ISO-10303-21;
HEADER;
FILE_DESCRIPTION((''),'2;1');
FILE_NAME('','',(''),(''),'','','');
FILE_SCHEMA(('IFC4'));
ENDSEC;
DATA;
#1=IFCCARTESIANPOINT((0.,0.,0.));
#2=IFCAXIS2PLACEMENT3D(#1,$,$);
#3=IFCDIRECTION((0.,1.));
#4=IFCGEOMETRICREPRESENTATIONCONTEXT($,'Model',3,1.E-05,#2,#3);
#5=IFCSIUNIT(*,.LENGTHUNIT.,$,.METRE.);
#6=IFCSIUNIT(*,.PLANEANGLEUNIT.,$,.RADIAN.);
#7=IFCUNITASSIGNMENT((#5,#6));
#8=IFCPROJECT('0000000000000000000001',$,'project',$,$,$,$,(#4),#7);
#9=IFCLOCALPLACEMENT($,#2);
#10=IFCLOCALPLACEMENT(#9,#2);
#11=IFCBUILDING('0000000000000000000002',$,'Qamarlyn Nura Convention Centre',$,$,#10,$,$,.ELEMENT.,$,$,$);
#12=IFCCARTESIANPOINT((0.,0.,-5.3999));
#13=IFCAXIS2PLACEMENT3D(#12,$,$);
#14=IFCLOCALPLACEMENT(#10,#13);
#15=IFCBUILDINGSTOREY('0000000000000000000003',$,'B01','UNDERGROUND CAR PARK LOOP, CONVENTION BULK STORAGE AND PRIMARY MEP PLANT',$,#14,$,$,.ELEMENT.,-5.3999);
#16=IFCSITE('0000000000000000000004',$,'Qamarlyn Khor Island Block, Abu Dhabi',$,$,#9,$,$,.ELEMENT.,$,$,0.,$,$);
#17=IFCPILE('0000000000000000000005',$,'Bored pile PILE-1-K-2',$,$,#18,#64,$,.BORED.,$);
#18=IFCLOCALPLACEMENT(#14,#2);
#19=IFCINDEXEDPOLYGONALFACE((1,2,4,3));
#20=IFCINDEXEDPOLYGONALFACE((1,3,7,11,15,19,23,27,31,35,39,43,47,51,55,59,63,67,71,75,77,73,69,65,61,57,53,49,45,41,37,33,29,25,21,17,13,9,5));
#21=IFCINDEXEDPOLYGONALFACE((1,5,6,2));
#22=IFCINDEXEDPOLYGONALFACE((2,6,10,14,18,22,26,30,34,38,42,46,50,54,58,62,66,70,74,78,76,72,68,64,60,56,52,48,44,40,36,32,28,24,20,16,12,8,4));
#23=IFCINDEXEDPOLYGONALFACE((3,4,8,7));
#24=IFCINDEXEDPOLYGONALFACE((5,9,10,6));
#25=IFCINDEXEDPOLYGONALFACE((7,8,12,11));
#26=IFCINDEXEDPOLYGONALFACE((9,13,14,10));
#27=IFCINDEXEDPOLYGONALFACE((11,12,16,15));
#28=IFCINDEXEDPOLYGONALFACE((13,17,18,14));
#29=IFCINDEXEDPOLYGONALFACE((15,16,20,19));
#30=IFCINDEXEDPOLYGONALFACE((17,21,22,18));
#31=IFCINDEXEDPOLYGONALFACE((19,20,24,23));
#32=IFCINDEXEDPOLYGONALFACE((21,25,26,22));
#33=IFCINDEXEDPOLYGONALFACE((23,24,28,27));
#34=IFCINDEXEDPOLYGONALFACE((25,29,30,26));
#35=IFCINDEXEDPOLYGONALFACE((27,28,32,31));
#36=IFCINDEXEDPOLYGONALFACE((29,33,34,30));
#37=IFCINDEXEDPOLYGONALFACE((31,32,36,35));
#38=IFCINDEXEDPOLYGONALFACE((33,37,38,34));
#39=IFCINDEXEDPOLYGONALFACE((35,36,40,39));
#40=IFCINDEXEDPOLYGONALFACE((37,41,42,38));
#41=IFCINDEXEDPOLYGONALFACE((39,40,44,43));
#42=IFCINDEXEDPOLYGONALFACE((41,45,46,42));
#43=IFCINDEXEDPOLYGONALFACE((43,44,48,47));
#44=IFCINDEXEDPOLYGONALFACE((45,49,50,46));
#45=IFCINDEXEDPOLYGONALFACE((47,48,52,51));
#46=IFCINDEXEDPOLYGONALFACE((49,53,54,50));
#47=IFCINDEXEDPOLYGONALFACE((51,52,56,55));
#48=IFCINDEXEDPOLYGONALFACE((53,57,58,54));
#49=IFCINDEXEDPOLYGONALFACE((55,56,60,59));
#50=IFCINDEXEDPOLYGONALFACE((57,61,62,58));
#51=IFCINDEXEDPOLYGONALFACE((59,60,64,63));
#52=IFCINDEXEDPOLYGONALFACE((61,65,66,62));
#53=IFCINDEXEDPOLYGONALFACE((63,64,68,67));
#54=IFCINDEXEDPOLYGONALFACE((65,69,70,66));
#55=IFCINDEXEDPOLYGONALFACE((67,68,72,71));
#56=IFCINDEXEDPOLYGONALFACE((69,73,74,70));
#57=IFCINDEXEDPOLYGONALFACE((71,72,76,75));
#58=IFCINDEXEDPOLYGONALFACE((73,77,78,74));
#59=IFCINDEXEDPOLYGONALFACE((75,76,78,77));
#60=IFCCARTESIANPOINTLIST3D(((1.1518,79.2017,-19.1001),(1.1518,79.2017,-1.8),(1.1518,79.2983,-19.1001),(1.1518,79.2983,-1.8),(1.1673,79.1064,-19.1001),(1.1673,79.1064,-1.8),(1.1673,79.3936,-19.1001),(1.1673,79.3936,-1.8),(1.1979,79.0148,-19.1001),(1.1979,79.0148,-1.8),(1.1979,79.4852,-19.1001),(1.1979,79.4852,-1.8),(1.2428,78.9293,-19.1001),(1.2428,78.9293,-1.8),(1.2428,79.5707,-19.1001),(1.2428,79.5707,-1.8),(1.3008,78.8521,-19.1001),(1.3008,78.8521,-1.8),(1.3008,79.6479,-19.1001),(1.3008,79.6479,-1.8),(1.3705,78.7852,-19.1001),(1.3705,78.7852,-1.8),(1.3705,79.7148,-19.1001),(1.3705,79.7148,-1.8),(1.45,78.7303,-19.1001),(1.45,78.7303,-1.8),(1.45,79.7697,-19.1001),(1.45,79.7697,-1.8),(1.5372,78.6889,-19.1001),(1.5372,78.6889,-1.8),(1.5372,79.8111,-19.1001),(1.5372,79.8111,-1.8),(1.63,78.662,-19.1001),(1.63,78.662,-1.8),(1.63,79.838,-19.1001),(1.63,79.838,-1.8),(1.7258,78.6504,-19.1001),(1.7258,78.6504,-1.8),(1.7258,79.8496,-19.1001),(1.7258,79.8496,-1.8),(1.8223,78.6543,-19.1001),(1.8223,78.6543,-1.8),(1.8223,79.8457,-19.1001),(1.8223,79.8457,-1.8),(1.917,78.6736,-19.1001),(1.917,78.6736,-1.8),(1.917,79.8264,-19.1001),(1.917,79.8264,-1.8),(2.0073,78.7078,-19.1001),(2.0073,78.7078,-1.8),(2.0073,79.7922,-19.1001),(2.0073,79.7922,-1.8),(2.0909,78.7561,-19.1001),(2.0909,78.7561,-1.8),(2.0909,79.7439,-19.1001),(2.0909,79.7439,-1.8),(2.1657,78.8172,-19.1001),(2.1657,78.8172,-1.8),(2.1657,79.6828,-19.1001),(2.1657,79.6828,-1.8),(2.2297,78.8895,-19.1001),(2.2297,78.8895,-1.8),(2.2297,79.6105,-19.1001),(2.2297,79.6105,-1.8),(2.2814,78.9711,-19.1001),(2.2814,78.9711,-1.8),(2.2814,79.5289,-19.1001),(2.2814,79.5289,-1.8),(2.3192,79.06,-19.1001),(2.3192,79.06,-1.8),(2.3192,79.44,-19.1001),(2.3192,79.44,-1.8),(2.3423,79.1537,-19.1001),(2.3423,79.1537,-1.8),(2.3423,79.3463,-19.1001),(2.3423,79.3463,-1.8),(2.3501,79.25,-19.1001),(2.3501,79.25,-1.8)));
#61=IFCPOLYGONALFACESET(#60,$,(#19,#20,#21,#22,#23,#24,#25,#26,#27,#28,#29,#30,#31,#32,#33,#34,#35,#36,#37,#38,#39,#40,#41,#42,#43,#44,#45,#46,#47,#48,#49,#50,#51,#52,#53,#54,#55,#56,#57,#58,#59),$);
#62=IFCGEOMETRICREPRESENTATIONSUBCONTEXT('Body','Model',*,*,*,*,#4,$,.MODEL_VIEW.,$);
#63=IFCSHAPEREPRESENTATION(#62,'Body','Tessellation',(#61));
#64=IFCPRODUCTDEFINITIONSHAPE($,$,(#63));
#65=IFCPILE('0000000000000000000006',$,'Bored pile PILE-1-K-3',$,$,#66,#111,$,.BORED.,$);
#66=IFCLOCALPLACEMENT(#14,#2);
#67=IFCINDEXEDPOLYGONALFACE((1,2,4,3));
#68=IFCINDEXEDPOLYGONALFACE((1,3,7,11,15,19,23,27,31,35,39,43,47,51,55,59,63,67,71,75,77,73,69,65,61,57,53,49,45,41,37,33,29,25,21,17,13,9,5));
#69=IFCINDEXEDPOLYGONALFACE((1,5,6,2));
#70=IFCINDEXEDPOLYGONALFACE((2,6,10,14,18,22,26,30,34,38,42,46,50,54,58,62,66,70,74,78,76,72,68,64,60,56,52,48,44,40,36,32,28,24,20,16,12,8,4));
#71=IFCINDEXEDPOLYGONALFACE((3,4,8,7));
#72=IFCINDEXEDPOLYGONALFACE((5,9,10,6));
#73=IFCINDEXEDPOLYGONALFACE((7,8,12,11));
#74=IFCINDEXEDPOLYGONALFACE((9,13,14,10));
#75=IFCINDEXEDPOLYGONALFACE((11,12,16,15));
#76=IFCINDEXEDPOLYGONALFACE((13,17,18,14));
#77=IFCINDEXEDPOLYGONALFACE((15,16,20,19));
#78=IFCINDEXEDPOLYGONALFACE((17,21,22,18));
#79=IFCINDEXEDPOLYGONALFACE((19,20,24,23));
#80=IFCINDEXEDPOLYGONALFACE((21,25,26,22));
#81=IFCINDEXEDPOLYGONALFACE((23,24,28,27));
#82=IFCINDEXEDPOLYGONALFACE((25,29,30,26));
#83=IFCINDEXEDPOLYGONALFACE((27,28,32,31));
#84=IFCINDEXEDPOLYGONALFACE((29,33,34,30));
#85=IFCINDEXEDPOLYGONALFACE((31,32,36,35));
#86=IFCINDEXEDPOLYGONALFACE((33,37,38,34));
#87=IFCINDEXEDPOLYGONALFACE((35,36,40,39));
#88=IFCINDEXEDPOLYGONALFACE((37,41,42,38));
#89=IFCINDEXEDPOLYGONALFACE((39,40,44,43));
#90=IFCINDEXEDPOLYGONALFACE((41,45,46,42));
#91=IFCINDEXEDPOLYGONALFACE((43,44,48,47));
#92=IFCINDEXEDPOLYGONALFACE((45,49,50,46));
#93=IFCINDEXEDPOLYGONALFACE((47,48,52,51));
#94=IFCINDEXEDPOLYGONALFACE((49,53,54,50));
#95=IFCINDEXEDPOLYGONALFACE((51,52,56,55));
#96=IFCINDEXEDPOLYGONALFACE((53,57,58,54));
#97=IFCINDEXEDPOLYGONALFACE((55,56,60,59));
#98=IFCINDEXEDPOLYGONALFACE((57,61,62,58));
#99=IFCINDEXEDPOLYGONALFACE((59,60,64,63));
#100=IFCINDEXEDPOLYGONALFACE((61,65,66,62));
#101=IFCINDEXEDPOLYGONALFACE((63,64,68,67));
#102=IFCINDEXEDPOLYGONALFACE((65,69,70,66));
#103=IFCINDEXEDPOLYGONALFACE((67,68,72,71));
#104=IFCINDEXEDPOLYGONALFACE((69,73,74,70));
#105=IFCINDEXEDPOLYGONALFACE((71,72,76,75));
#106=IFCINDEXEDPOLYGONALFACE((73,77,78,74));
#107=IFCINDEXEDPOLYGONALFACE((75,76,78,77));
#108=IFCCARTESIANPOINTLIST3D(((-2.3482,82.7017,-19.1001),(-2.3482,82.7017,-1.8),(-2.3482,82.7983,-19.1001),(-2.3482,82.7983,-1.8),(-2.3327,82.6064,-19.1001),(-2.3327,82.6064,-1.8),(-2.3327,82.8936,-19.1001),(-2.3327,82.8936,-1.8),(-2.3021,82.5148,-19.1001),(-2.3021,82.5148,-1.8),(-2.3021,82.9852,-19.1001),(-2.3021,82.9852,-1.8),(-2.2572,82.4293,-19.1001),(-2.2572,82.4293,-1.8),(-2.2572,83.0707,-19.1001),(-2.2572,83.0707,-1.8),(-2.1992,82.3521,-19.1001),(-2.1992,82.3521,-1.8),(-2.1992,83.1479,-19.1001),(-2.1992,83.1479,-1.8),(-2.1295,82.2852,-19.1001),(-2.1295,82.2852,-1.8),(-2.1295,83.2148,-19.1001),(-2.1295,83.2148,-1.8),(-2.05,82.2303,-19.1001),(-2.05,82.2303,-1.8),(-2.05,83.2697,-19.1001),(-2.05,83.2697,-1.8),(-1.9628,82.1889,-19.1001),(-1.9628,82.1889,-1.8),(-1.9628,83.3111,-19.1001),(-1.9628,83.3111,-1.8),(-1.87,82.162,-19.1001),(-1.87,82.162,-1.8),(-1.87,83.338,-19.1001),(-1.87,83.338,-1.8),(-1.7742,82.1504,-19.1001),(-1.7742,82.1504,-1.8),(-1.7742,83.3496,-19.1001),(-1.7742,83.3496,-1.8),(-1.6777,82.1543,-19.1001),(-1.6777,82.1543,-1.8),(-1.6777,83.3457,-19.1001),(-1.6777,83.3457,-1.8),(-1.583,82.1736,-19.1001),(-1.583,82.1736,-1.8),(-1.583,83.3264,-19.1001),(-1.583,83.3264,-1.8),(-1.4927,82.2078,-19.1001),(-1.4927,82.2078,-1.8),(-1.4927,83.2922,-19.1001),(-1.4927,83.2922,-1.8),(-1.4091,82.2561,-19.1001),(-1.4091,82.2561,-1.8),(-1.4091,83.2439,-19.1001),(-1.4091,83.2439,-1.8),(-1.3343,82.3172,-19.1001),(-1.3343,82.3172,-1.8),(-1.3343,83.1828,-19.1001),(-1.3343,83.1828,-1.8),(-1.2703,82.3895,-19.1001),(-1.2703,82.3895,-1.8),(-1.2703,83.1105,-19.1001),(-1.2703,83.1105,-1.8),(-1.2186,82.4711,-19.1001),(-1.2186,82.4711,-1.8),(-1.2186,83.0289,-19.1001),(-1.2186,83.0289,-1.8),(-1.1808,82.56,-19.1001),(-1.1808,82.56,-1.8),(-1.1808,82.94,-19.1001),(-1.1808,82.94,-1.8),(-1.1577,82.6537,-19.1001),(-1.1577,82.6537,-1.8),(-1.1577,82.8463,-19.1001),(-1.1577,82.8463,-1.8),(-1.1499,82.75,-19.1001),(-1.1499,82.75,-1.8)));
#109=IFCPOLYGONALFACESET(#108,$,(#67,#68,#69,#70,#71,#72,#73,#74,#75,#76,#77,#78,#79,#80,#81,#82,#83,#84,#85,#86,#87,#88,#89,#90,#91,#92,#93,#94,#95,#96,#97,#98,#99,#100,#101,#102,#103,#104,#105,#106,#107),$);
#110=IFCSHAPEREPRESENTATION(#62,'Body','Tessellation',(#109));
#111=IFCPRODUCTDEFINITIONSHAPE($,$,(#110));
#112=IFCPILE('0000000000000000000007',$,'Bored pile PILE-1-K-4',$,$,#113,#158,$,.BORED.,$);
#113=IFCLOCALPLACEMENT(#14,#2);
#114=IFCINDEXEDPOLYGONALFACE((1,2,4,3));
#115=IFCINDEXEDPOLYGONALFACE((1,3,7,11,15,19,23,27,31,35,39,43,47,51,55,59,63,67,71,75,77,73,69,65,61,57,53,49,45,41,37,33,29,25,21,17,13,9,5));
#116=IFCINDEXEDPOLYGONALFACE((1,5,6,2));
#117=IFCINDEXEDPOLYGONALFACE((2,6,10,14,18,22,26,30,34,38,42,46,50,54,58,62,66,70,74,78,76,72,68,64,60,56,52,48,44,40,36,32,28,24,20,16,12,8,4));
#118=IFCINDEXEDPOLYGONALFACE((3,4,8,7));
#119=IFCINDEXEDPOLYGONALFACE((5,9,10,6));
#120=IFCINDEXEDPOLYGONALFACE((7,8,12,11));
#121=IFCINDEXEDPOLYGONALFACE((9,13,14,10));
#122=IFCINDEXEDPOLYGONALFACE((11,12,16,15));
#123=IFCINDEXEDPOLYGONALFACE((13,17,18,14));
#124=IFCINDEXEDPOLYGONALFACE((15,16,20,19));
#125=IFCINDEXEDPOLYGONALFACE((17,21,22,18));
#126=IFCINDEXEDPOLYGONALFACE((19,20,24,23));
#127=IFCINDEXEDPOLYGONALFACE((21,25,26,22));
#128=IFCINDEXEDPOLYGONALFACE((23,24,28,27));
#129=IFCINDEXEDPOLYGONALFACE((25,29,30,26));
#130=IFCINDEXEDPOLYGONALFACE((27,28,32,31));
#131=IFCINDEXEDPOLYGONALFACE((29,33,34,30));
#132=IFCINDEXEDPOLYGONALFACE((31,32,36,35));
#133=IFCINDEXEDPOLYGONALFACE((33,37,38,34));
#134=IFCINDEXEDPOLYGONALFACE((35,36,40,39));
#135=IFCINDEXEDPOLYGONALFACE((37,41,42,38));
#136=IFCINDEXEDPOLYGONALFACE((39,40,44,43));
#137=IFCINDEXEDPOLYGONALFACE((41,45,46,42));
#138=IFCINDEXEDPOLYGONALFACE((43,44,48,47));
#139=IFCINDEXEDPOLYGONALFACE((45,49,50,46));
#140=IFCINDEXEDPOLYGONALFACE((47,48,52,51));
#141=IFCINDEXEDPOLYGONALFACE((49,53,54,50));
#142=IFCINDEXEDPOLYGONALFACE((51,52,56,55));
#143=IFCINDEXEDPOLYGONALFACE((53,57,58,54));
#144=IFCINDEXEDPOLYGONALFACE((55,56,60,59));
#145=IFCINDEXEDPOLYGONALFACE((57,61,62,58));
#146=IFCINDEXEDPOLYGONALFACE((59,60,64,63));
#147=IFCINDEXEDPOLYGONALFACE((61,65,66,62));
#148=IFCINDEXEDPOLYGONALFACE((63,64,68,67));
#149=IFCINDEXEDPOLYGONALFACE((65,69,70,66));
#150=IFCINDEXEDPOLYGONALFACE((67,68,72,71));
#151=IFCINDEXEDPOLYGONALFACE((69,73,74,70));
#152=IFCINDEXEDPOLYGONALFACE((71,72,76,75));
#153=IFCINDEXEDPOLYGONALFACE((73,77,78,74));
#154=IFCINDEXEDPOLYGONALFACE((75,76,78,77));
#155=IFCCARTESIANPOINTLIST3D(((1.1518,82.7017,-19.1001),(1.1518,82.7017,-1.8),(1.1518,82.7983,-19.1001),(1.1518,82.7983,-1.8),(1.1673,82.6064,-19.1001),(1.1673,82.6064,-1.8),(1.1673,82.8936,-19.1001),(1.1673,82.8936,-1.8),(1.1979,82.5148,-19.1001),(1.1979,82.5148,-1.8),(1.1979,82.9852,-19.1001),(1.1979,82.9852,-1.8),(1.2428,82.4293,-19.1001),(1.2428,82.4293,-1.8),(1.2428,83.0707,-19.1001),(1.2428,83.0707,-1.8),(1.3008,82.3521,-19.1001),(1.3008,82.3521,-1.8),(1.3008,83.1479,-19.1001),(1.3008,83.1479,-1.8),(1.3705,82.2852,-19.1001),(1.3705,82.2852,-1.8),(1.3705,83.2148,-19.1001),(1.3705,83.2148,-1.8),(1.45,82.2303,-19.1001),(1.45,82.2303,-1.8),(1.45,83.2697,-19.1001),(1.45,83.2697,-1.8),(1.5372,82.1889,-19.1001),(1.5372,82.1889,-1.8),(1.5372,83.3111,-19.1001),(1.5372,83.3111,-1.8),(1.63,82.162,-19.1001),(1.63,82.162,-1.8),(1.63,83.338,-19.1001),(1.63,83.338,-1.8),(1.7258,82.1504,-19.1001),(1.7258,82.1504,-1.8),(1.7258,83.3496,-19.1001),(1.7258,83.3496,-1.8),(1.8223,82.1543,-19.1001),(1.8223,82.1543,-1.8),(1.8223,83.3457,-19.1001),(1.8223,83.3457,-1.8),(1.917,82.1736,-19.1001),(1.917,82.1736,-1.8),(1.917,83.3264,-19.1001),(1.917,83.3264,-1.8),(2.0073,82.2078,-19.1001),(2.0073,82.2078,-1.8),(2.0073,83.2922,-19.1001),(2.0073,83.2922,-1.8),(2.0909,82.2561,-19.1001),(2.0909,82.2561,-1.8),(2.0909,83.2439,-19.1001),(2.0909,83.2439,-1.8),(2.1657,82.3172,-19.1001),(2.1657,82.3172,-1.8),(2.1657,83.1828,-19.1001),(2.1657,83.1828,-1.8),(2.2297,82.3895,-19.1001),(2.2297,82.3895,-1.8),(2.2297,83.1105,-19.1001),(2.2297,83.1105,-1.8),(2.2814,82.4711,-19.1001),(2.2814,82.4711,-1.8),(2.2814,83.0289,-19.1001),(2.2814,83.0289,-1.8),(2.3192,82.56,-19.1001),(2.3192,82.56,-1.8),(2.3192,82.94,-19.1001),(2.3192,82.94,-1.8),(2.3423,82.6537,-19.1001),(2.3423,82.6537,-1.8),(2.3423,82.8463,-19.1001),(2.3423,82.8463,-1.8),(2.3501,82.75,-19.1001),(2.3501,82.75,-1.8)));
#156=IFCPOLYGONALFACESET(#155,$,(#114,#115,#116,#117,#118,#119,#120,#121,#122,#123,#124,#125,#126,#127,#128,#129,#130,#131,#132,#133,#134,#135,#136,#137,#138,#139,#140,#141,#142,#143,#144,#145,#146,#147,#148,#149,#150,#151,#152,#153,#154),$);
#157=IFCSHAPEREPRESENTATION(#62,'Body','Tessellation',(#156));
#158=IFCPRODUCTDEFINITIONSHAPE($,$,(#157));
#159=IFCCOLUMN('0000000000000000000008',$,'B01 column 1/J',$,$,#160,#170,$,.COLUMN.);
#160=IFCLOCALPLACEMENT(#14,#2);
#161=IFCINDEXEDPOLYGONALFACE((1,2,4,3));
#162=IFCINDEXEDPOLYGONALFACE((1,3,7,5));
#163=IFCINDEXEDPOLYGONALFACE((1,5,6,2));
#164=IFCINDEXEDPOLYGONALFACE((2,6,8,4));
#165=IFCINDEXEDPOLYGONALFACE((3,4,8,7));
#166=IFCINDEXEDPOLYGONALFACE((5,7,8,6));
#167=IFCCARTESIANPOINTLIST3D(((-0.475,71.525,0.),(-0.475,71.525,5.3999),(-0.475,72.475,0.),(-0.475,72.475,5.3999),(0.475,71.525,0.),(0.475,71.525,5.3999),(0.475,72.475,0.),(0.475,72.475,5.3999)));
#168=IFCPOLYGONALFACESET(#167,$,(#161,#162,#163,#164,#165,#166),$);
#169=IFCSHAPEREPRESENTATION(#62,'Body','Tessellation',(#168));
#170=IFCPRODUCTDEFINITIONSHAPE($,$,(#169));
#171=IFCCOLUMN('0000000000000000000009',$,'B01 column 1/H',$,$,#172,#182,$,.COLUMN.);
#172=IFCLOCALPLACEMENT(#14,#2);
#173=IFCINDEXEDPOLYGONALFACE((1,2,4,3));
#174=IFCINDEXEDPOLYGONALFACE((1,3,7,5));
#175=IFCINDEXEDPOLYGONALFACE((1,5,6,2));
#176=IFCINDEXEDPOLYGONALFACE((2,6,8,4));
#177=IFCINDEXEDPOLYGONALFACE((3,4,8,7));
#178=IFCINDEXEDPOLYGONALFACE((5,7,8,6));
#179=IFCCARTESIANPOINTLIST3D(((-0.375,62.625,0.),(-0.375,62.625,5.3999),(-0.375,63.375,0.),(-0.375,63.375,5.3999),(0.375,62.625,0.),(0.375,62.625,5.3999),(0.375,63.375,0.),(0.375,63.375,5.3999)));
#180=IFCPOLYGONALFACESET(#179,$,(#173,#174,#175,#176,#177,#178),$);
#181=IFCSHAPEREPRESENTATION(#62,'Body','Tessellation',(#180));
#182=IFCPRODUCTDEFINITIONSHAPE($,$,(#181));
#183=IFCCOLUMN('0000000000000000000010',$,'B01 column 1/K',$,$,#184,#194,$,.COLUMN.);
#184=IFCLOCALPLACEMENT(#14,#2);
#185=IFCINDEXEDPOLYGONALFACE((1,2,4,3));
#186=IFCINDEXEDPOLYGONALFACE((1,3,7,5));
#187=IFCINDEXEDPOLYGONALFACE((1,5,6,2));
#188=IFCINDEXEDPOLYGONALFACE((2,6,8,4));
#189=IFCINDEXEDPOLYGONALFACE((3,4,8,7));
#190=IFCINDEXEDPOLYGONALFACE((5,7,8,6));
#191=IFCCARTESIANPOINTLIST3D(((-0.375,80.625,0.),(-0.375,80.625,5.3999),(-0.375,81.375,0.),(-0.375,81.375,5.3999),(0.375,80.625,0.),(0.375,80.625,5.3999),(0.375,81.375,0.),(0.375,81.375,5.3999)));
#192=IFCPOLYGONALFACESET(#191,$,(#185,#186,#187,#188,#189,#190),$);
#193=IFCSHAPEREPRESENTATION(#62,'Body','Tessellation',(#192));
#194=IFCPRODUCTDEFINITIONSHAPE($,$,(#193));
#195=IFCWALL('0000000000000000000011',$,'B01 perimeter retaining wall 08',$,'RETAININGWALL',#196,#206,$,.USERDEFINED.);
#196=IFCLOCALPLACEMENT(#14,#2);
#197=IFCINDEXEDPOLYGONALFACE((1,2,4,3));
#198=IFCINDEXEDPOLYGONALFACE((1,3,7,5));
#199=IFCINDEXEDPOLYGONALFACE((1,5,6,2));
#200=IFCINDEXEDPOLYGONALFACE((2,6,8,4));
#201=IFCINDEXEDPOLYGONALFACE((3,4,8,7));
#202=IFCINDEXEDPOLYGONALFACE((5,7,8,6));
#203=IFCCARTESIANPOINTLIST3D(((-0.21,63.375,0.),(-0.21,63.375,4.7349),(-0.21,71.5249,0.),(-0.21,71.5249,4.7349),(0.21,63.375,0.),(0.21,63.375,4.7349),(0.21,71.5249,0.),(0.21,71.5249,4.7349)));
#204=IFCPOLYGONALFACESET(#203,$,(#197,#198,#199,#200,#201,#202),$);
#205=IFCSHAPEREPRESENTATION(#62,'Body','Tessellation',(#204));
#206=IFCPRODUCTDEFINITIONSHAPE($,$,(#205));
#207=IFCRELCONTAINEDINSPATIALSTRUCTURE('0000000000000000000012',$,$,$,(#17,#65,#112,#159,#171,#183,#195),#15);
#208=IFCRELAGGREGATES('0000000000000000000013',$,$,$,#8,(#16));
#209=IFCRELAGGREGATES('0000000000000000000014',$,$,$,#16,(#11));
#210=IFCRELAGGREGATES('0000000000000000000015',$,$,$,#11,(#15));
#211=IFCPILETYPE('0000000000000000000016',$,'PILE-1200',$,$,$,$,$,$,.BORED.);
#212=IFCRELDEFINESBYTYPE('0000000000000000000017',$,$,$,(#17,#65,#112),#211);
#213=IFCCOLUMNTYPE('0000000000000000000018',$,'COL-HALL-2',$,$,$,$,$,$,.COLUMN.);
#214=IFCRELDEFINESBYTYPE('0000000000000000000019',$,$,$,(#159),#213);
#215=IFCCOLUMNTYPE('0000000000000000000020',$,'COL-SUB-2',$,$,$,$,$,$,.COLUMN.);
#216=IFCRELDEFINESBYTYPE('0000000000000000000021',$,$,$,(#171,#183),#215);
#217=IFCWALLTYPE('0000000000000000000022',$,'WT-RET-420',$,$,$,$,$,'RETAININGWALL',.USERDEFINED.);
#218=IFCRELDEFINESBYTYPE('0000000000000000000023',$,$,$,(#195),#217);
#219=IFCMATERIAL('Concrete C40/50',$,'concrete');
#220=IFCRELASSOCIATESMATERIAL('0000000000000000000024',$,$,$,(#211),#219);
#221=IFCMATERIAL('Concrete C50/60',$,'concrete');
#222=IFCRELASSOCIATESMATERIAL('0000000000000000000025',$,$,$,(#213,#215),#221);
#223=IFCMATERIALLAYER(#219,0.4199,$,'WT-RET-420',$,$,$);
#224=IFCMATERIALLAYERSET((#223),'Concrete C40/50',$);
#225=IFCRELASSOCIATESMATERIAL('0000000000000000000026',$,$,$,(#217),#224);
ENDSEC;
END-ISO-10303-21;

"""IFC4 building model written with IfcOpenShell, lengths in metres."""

from ifc_helpers import new_model, si_unit, direction, frame, frame_2d, origin, origin_2d, place, context, subcontext, project, spatial, rectangle, circle, extrude, material, layer, layer_set, material_profile, profile_set, type_object, element, save


model = new_model("IFC4")

# Units and contexts
model_context = context("Model", 3, precision=1e-05, world=origin(), true_north=direction((0.0, 1.0)))
body_context = subcontext(model_context, "Body", "Model", "MODEL_VIEW")
ifc_project = project(units=[si_unit("LENGTHUNIT", "METRE"), si_unit("PLANEANGLEUNIT", "RADIAN")], contexts=[model_context])

# Site, building, storey
site_placement = place(None, origin())
site = spatial("IfcSite", under=ifc_project, at=site_placement, Name="Qamarlyn Khor Island Block, Abu Dhabi", CompositionType="ELEMENT", RefElevation=0.0)
building_placement = place(site_placement, origin())
building = spatial("IfcBuilding", under=site, at=building_placement, Name="Qamarlyn Nura Convention Centre", CompositionType="ELEMENT")
storey_placement = place(building_placement, frame((0.0, 0.0, -5.3999)))
storey = spatial("IfcBuildingStorey", under=building, at=storey_placement, Name="B01", Description="UNDERGROUND CAR PARK LOOP, CONVENTION BULK STORAGE AND PRIMARY MEP PLANT", CompositionType="ELEMENT", Elevation=-5.3999)

# Shared definitions
ifc_material_1 = material(Name="Concrete C40/50", Category="concrete")

# Piles
ifc_material_profile_1 = material_profile(ifc_material_1, circle(Radius=0.6001, at=origin_2d()), Name="BORED PILE 1200")
ifc_profile_set_1 = profile_set([ifc_material_profile_1], Name="Concrete C40/50")
pile_type = type_object("IfcPileType", Name="PILE-1200", PredefinedType="BORED", material=ifc_profile_set_1)
for number, where, z_axis, x_axis, name in (
    (1, (1.75, 79.25, -1.8), (0.0, 0.0, -1.0), (1.0, 0.0, 0.0), "Bored pile PILE-1-K-2"),
    (2, (-1.75, 82.75, -1.8), (0.0, 0.0, -1.0), (1.0, 0.0, 0.0), "Bored pile PILE-1-K-3"),
    (3, (1.75, 82.75, -1.8), (0.0, 0.0, -1.0), (1.0, 0.0, 0.0), "Bored pile PILE-1-K-4"),
):
    element("IfcPile", number, at=place(storey_placement, frame(where, z_axis=z_axis, x_axis=x_axis)), inside=storey, type_object=pile_type, Name=name, PredefinedType="BORED", context=body_context, shape_type="SweptSolid", body=[
        extrude(circle(Radius=0.6001, at=origin_2d()), origin(), (0.0, 0.0, 1.0), 17.3),
    ])

# Columns
ifc_material_2 = material(Name="Concrete C50/60", Category="concrete")
ifc_material_profile_2 = material_profile(ifc_material_2, rectangle(XDim=0.95, YDim=0.95, at=origin_2d()), Name="RC 950x950")
ifc_profile_set_2 = profile_set([ifc_material_profile_2], Name="Concrete C50/60")
column_type_1 = type_object("IfcColumnType", Name="COL-HALL-2", PredefinedType="COLUMN", material=ifc_profile_set_2)
column_placement = place(storey_placement, frame((0.0, 72.0, 0.0), z_axis=(0.0, 0.0, 1.0), x_axis=(1.0, 0.0, 0.0)))
element("IfcColumn", 4, at=column_placement, inside=storey, type_object=column_type_1, Name="B01 column 1/J", PredefinedType="COLUMN", context=body_context, shape_type="SweptSolid", body=[
    extrude(rectangle(XDim=0.95, YDim=0.95, at=origin_2d()), origin(), (0.0, 0.0, 1.0), 5.3999),
])
ifc_material_profile_3 = material_profile(ifc_material_2, rectangle(XDim=0.75, YDim=0.75, at=origin_2d()), Name="RC 750x750")
ifc_profile_set_3 = profile_set([ifc_material_profile_3], Name="Concrete C50/60")
column_type_2 = type_object("IfcColumnType", Name="COL-SUB-2", PredefinedType="COLUMN", material=ifc_profile_set_3)
for number, where, z_axis, x_axis, name in (
    (5, (0.0, 63.0, 0.0), (0.0, 0.0, 1.0), (1.0, 0.0, 0.0), "B01 column 1/H"),
    (6, (0.0, 81.0, 0.0), (0.0, 0.0, 1.0), (1.0, 0.0, 0.0), "B01 column 1/K"),
):
    element("IfcColumn", number, at=place(storey_placement, frame(where, z_axis=z_axis, x_axis=x_axis)), inside=storey, type_object=column_type_2, Name=name, PredefinedType="COLUMN", context=body_context, shape_type="SweptSolid", body=[
        extrude(rectangle(XDim=0.75, YDim=0.75, at=origin_2d()), origin(), (0.0, 0.0, 1.0), 5.3999),
    ])

# Wall
ifc_layer_1 = layer(ifc_material_1, 0.4199, Name="WT-RET-420")
ifc_layer_set_1 = layer_set([ifc_layer_1], Name="Concrete C40/50")
wall_type_1 = type_object("IfcWallType", Name="WT-RET-420", ElementType="RETAININGWALL", PredefinedType="USERDEFINED", material=ifc_layer_set_1)
wall_1_placement = place(storey_placement, frame((0.0, 63.375, 0.0), z_axis=(0.0, 0.0, 1.0), x_axis=(0.0, 1.0, 0.0)))
element("IfcWall", 7, at=wall_1_placement, inside=storey, type_object=wall_type_1, Name="B01 perimeter retaining wall 08", ObjectType="RETAININGWALL", PredefinedType="USERDEFINED", context=body_context, shape_type="SweptSolid", body=[
    extrude(rectangle(XDim=8.1499, YDim=0.4199, at=frame_2d((4.075, 0.0))), origin(), (0.0, 0.0, 1.0), 4.7349),
])

save(model, "model.ifc")
